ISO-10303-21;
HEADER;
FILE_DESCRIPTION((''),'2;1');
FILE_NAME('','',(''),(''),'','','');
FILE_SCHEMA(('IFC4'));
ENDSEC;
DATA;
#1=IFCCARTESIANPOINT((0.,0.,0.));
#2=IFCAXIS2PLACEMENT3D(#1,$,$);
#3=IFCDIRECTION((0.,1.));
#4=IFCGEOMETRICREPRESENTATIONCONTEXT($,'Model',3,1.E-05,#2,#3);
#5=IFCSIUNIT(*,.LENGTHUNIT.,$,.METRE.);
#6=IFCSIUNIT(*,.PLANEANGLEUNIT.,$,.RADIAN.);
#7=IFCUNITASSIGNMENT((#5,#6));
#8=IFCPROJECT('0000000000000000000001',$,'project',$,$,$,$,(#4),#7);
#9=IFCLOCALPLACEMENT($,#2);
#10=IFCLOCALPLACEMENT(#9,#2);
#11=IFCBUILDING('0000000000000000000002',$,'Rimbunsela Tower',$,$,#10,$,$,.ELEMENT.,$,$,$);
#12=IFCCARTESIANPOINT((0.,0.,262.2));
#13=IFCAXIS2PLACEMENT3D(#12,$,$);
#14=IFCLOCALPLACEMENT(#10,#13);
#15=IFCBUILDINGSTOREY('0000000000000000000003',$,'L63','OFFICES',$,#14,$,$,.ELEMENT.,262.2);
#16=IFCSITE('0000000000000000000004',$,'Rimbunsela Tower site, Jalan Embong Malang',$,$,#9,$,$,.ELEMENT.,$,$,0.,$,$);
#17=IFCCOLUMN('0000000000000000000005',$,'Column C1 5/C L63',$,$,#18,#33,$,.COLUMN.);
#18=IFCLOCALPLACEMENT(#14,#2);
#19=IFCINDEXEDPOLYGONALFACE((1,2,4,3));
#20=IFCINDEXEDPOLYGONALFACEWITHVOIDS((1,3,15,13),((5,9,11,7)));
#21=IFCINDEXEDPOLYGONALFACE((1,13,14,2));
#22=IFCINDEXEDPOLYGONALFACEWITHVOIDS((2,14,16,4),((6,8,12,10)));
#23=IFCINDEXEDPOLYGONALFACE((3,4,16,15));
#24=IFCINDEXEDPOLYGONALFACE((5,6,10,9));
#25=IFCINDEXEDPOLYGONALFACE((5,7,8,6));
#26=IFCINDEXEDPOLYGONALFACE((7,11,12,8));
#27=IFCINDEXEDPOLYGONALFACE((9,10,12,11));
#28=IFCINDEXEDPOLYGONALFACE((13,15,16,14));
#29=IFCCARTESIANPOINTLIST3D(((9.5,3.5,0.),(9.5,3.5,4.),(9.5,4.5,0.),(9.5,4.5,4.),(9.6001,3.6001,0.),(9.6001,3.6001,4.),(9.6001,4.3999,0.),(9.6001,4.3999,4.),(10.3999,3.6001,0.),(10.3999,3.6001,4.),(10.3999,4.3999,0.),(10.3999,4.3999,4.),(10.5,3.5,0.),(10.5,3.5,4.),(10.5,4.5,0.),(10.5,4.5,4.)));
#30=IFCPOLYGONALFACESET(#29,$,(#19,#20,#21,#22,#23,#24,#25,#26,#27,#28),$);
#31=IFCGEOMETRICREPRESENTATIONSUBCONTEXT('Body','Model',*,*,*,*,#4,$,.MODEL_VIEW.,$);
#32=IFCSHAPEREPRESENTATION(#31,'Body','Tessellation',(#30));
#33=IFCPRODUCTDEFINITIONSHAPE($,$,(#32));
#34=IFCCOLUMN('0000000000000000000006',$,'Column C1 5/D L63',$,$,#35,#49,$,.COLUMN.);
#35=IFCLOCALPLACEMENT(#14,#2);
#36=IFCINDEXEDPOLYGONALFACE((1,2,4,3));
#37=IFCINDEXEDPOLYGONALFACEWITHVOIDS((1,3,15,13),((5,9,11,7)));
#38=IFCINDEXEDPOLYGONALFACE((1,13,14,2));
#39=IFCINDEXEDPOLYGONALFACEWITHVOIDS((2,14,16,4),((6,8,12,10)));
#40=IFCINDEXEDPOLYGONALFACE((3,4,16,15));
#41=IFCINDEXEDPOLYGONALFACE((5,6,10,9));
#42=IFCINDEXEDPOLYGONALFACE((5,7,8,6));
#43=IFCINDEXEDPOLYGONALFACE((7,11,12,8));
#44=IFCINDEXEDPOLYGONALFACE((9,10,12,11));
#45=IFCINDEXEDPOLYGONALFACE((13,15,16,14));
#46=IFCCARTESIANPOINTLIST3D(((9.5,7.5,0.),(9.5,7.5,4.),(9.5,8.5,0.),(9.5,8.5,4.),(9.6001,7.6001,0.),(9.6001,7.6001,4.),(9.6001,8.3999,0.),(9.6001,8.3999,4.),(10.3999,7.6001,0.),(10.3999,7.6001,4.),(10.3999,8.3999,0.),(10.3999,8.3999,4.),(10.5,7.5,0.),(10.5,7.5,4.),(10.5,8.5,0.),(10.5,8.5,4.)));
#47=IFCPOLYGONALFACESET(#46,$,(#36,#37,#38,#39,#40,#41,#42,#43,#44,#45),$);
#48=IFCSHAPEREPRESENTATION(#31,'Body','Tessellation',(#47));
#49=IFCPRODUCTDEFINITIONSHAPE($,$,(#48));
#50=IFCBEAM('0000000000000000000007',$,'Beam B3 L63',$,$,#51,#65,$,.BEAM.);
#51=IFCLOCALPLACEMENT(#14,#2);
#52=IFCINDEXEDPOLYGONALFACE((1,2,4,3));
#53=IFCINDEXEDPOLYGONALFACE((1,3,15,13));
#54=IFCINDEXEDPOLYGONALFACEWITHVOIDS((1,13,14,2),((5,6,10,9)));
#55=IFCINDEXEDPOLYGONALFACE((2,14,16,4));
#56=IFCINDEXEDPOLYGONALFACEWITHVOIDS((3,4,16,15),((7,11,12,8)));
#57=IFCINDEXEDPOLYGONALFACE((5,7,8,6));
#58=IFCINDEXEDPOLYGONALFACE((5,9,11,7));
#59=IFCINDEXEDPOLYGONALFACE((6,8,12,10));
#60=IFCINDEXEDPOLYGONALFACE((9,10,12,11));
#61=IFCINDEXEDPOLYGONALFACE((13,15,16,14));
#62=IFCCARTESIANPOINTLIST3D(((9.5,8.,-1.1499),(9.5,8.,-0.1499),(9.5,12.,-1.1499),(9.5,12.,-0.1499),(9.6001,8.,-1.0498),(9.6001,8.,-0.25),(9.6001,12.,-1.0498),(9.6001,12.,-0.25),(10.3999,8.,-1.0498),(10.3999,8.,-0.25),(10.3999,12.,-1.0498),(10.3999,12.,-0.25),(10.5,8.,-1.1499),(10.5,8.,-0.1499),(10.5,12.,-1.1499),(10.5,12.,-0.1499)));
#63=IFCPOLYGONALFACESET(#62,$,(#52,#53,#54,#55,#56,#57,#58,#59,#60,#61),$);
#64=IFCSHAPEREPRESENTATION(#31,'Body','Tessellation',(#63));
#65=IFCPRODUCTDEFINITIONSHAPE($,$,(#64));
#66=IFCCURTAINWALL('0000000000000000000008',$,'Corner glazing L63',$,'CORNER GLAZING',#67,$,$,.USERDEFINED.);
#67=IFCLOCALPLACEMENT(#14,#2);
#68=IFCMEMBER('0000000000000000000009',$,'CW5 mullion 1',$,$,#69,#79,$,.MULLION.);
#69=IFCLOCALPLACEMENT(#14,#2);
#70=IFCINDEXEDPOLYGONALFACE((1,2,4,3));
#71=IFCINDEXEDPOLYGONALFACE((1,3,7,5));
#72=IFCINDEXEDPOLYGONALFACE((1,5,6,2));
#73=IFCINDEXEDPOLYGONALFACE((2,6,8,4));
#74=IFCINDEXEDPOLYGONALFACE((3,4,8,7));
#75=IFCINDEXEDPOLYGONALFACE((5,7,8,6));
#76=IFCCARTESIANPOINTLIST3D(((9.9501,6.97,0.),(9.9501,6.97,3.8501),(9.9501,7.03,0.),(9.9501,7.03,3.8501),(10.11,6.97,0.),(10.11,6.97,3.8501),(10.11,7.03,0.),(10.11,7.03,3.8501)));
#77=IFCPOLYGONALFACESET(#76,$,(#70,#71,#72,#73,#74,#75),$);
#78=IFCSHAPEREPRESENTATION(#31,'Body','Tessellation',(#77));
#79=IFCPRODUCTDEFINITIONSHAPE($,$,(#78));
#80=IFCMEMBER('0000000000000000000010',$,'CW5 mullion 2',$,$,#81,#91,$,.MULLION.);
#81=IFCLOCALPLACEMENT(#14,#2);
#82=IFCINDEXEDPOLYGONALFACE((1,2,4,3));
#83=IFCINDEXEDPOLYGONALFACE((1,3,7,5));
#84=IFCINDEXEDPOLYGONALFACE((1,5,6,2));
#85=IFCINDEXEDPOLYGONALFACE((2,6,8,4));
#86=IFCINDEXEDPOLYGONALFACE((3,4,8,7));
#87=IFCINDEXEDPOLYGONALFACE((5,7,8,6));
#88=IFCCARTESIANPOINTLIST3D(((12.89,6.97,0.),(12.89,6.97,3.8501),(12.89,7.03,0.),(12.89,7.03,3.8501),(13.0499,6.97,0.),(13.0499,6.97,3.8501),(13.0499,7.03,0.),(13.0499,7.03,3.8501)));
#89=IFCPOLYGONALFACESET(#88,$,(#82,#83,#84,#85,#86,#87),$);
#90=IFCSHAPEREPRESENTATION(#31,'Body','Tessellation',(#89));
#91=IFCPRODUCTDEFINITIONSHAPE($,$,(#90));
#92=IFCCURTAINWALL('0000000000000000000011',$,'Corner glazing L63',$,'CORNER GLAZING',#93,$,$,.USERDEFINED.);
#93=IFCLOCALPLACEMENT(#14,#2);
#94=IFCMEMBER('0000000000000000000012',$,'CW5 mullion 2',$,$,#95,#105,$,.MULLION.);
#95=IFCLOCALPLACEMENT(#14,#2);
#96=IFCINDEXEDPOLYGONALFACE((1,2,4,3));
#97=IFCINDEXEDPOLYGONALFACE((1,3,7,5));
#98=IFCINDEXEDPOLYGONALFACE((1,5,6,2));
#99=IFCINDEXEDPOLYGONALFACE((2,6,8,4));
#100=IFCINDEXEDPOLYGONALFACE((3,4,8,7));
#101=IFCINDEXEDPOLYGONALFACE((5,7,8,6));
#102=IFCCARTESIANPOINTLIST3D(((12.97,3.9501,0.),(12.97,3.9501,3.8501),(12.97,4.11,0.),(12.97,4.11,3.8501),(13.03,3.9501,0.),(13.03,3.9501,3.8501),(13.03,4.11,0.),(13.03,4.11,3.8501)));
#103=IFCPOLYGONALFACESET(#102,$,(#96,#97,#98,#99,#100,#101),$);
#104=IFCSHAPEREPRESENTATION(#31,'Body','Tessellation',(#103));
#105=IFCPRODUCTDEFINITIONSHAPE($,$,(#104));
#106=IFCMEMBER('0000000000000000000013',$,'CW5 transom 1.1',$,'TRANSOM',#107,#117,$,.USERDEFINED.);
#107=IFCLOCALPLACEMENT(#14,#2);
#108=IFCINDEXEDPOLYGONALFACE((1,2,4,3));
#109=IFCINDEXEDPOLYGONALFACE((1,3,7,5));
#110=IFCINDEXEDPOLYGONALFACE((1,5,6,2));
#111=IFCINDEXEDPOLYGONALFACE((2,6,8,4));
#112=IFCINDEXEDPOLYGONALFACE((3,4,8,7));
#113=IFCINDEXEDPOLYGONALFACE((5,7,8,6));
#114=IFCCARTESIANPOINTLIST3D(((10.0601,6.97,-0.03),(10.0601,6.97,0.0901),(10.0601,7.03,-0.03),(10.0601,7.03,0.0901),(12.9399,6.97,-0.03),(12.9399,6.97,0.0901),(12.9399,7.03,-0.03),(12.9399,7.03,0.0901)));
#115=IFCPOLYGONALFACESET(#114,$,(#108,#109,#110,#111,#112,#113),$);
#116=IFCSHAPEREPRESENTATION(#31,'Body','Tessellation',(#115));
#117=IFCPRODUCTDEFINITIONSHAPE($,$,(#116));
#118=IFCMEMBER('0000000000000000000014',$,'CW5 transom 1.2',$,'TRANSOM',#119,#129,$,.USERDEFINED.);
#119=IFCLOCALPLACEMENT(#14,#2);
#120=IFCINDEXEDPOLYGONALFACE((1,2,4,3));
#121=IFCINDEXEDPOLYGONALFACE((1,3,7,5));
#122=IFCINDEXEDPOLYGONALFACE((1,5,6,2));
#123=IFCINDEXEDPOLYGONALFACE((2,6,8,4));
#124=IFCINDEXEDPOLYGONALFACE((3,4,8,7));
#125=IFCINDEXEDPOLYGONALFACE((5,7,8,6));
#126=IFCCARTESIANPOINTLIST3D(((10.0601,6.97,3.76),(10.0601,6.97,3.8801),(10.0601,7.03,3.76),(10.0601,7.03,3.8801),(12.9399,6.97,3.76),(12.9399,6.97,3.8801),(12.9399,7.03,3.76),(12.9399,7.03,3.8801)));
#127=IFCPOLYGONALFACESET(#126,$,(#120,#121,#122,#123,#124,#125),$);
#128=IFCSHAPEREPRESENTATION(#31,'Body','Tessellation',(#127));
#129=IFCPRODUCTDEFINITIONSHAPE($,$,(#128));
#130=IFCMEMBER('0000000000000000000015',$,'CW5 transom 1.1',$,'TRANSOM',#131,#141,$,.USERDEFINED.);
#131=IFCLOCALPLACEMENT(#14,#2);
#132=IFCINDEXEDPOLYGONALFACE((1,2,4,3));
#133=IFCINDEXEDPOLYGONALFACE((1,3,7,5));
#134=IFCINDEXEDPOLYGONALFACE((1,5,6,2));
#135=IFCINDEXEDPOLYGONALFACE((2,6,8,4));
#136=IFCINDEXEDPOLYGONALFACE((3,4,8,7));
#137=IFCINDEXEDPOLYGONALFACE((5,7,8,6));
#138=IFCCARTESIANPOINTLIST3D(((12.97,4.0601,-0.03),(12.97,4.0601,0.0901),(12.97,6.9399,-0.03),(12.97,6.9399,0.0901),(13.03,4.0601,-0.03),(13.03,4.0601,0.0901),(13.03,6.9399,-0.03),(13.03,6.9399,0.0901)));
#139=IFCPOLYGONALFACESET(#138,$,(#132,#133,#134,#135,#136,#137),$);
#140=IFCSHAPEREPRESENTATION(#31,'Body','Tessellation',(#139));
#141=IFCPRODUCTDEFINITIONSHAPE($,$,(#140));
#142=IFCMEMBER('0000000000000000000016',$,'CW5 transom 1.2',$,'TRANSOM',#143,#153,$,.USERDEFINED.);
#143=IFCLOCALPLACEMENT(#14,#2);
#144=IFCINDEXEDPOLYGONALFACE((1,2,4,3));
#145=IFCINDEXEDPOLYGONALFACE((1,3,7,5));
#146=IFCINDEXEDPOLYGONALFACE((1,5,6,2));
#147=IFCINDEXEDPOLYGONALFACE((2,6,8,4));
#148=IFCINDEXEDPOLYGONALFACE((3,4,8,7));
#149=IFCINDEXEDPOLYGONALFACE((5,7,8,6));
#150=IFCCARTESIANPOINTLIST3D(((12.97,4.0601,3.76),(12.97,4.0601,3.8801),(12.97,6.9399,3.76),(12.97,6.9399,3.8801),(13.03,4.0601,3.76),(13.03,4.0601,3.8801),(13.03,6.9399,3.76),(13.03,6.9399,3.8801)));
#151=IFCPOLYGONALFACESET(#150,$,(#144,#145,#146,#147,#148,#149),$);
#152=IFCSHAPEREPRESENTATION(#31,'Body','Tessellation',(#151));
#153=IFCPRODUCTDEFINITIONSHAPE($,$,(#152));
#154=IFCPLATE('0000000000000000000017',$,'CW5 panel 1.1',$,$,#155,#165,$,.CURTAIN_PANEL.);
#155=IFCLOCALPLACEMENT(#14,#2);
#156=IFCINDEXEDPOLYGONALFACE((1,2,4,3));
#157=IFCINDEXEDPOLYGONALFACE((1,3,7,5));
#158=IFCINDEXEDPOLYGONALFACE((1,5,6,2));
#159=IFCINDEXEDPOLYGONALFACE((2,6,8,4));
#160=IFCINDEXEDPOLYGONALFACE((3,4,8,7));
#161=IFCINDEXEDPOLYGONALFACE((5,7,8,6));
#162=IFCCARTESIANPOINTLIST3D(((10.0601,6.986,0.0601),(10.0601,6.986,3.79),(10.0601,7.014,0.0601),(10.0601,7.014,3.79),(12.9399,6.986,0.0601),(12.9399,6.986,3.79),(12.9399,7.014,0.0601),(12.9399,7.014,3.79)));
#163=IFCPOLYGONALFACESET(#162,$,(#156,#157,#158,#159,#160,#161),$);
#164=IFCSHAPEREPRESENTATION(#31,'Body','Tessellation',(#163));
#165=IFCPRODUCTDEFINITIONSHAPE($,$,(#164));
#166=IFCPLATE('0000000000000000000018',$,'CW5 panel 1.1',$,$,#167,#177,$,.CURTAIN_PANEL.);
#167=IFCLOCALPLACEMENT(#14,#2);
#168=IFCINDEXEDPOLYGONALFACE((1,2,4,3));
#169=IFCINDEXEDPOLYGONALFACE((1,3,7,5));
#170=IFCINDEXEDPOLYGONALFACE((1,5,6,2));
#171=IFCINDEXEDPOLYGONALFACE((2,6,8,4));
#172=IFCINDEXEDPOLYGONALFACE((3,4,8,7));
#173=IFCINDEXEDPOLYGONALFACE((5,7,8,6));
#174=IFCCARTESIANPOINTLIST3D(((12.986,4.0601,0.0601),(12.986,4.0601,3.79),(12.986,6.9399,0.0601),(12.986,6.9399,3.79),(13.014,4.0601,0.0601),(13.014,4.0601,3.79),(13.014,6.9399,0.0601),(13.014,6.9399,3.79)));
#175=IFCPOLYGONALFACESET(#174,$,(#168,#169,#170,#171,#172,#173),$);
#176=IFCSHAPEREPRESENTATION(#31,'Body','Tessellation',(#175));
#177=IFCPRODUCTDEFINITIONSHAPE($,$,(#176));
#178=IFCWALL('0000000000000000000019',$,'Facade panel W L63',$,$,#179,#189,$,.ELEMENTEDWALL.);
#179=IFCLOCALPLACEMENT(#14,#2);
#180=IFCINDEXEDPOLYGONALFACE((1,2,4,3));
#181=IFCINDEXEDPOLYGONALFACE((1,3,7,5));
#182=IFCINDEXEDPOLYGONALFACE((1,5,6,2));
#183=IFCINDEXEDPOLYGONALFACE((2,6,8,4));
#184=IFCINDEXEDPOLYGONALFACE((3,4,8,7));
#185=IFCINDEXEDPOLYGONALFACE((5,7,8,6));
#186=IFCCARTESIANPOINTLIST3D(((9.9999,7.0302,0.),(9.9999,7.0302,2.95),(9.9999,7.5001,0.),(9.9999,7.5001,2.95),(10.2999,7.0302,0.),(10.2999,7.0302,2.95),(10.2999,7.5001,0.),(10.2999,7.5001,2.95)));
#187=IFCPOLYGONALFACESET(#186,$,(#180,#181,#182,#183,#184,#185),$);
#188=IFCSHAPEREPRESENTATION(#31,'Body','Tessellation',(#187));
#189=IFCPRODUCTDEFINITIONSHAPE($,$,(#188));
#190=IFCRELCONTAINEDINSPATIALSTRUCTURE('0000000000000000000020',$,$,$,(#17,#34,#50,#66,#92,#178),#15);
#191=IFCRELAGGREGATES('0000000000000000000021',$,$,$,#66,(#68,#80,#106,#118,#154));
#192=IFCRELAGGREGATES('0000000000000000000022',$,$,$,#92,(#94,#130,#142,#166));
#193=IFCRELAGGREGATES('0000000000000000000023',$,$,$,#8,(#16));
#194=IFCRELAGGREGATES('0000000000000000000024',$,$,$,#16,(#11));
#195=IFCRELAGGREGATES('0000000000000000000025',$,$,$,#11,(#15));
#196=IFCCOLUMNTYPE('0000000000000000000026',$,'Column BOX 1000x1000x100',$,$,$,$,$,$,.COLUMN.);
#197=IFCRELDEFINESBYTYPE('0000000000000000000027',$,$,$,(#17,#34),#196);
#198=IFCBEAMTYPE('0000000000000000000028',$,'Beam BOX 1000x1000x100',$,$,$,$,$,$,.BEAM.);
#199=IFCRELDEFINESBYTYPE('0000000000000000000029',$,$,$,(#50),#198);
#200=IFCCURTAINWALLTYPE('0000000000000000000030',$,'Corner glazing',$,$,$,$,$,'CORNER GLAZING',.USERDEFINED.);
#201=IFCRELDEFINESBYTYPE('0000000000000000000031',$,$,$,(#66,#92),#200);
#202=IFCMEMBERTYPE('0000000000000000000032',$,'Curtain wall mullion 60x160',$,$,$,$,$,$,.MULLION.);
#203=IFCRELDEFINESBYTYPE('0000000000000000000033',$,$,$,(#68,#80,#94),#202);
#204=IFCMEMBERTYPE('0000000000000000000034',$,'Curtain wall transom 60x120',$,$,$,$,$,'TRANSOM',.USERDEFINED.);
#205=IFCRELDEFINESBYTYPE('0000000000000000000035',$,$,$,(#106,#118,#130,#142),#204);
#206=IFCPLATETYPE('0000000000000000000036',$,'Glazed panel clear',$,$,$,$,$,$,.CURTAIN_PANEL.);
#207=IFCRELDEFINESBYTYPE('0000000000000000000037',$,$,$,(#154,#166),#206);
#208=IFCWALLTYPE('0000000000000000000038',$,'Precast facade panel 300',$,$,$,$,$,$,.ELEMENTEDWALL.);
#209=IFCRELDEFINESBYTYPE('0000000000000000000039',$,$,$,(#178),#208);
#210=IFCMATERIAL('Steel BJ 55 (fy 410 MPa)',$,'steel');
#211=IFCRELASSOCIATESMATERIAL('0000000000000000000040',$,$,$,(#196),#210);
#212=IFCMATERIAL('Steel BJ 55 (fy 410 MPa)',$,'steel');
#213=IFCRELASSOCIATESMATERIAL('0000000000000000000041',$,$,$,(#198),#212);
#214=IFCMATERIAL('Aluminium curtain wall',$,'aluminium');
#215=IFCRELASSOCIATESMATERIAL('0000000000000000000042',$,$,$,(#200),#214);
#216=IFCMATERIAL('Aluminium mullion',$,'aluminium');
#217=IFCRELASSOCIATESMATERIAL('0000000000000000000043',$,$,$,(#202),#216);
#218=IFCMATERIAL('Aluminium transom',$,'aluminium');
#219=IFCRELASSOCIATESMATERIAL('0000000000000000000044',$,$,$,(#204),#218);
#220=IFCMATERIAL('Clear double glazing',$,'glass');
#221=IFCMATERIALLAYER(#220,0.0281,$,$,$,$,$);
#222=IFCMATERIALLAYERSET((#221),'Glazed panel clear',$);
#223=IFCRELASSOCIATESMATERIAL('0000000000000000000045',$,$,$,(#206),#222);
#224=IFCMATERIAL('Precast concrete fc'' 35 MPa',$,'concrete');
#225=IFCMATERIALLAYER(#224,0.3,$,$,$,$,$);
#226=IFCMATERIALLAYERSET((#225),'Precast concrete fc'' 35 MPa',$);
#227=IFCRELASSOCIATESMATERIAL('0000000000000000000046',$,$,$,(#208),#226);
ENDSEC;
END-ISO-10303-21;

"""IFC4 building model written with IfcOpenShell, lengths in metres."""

from ifc_helpers import new_model, si_unit, direction, frame, frame_2d, origin, origin_2d, place, context, subcontext, project, spatial, rectangle, hollow_rectangle, extrude, material, layer, layer_set, material_profile, profile_set, type_object, element, aggregate, save


model = new_model("IFC4")

# Units and contexts
model_context = context("Model", 3, precision=1e-05, world=origin(), true_north=direction((0.0, 1.0)))
body_context = subcontext(model_context, "Body", "Model", "MODEL_VIEW")
ifc_project = project(units=[si_unit("LENGTHUNIT", "METRE"), si_unit("PLANEANGLEUNIT", "RADIAN")], contexts=[model_context])

# Site, building, storey
site_placement = place(None, origin())
site = spatial("IfcSite", under=ifc_project, at=site_placement, Name="Rimbunsela Tower site, Jalan Embong Malang", CompositionType="ELEMENT", RefElevation=0.0)
building_placement = place(site_placement, origin())
building = spatial("IfcBuilding", under=site, at=building_placement, Name="Rimbunsela Tower", CompositionType="ELEMENT")
storey_placement = place(building_placement, frame((0.0, 0.0, 262.2)))
storey = spatial("IfcBuildingStorey", under=building, at=storey_placement, Name="L63", Description="OFFICES", CompositionType="ELEMENT", Elevation=262.2)

# Columns
ifc_material_1 = material(Name="Steel BJ 55 (fy 410 MPa)", Category="steel")
ifc_material_profile_1 = material_profile(ifc_material_1, hollow_rectangle(XDim=1.0, YDim=1.0, WallThickness=0.1001, at=origin_2d()), Name="BOX 1000x1000x100")
ifc_profile_set_1 = profile_set([ifc_material_profile_1], Name="Steel BJ 55 (fy 410 MPa)")
column_type = type_object("IfcColumnType", Name="Column BOX 1000x1000x100", PredefinedType="COLUMN", material=ifc_profile_set_1)
for number, where, z_axis, x_axis, name in (
    (1, (10.0, 4.0, 0.0), (0.0, 0.0, 1.0), (1.0, 0.0, 0.0), "Column C1 5/C L63"),
    (2, (10.0, 8.0, 0.0), (0.0, 0.0, 1.0), (1.0, 0.0, 0.0), "Column C1 5/D L63"),
):
    element("IfcColumn", number, at=place(storey_placement, frame(where, z_axis=z_axis, x_axis=x_axis)), inside=storey, type_object=column_type, Name=name, PredefinedType="COLUMN", context=body_context, shape_type="SweptSolid", body=[
        extrude(hollow_rectangle(XDim=1.0, YDim=1.0, WallThickness=0.1001, at=origin_2d()), origin(), (0.0, 0.0, 1.0), 4.0),
    ])

# Beam
ifc_material_2 = material(Name="Steel BJ 55 (fy 410 MPa)", Category="steel")
ifc_material_profile_2 = material_profile(ifc_material_2, hollow_rectangle(XDim=1.0, YDim=1.0, WallThickness=0.1001, at=origin_2d()), Name="BOX 1000x1000x100")
ifc_profile_set_2 = profile_set([ifc_material_profile_2], Name="Steel BJ 55 (fy 410 MPa)")
beam_type = type_object("IfcBeamType", Name="Beam BOX 1000x1000x100", PredefinedType="BEAM", material=ifc_profile_set_2)
beam_placement = place(storey_placement, frame((10.0, 8.0, -0.6499), z_axis=(0.0, 1.0, 0.0), x_axis=(-1.0, 0.0, 0.0)))
element("IfcBeam", 3, at=beam_placement, inside=storey, type_object=beam_type, Name="Beam B3 L63", PredefinedType="BEAM", context=body_context, shape_type="SweptSolid", body=[
    extrude(hollow_rectangle(XDim=1.0, YDim=1.0, WallThickness=0.1001, at=origin_2d()), origin(), (0.0, 0.0, 1.0), 4.0),
])

# Curtain wall, members
ifc_material_3 = material(Name="Aluminium curtain wall", Category="aluminium")
curtain_wall_type = type_object("IfcCurtainWallType", Name="Corner glazing", ElementType="CORNER GLAZING", PredefinedType="USERDEFINED", material=ifc_material_3)
curtain_wall_1_placement = place(storey_placement, origin())
curtain_wall_1 = element("IfcCurtainWall", 4, at=curtain_wall_1_placement, inside=storey, type_object=curtain_wall_type, Name="Corner glazing L63", ObjectType="CORNER GLAZING", PredefinedType="USERDEFINED")
ifc_material_4 = material(Name="Aluminium mullion", Category="aluminium")
ifc_material_profile_3 = material_profile(ifc_material_4, rectangle(XDim=0.0601, YDim=0.1599, at=origin_2d()), Name="Mullion 60x160")
ifc_profile_set_3 = profile_set([ifc_material_profile_3], Name="Aluminium mullion")
member_type_1 = type_object("IfcMemberType", Name="Curtain wall mullion 60x160", PredefinedType="MULLION", material=ifc_profile_set_3)
member_1_placement = place(storey_placement, frame((10.03, 7.0, 0.0), z_axis=(0.0, 0.0, 1.0), x_axis=(0.0, 1.0, 0.0)))
member_1 = element("IfcMember", 5, at=member_1_placement, type_object=member_type_1, Name="CW5 mullion 1", PredefinedType="MULLION", context=body_context, shape_type="SweptSolid", body=[
    extrude(rectangle(XDim=0.0601, YDim=0.1599, at=origin_2d()), origin(), (0.0, 0.0, 1.0), 3.8501),
])
member_2_placement = place(storey_placement, frame((12.97, 7.0, 0.0), z_axis=(0.0, 0.0, 1.0), x_axis=(0.0, 1.0, 0.0)))
member_2 = element("IfcMember", 6, at=member_2_placement, type_object=member_type_1, Name="CW5 mullion 2", PredefinedType="MULLION", context=body_context, shape_type="SweptSolid", body=[
    extrude(rectangle(XDim=0.0601, YDim=0.1599, at=origin_2d()), origin(), (0.0, 0.0, 1.0), 3.8501),
])

# Curtain wall, member
curtain_wall_2_placement = place(storey_placement, origin())
curtain_wall_2 = element("IfcCurtainWall", 7, at=curtain_wall_2_placement, inside=storey, type_object=curtain_wall_type, Name="Corner glazing L63", ObjectType="CORNER GLAZING", PredefinedType="USERDEFINED")
member_3_placement = place(storey_placement, frame((13.0, 4.03, 0.0), z_axis=(0.0, 0.0, 1.0), x_axis=(1.0, 0.0, 0.0)))
member_3 = element("IfcMember", 8, at=member_3_placement, type_object=member_type_1, Name="CW5 mullion 2", PredefinedType="MULLION", context=body_context, shape_type="SweptSolid", body=[
    extrude(rectangle(XDim=0.0601, YDim=0.1599, at=origin_2d()), origin(), (0.0, 0.0, 1.0), 3.8501),
])

# Members
ifc_material_5 = material(Name="Aluminium transom", Category="aluminium")
ifc_material_profile_4 = material_profile(ifc_material_5, rectangle(XDim=0.0601, YDim=0.1201, at=origin_2d()), Name="Transom 60x120")
ifc_profile_set_4 = profile_set([ifc_material_profile_4], Name="Aluminium transom")
member_type_2 = type_object("IfcMemberType", Name="Curtain wall transom 60x120", ElementType="TRANSOM", PredefinedType="USERDEFINED", material=ifc_profile_set_4)
member_4_placement = place(storey_placement, frame((10.0601, 7.0, 0.03), z_axis=(1.0, 0.0, 0.0), x_axis=(0.0, 1.0, 0.0)))
member_4 = element("IfcMember", 9, at=member_4_placement, type_object=member_type_2, Name="CW5 transom 1.1", ObjectType="TRANSOM", PredefinedType="USERDEFINED", context=body_context, shape_type="SweptSolid", body=[
    extrude(rectangle(XDim=0.0601, YDim=0.1201, at=origin_2d()), origin(), (0.0, 0.0, 1.0), 2.8799),
])
member_5_placement = place(storey_placement, frame((10.0601, 7.0, 3.8201), z_axis=(1.0, 0.0, 0.0), x_axis=(0.0, 1.0, 0.0)))
member_5 = element("IfcMember", 10, at=member_5_placement, type_object=member_type_2, Name="CW5 transom 1.2", ObjectType="TRANSOM", PredefinedType="USERDEFINED", context=body_context, shape_type="SweptSolid", body=[
    extrude(rectangle(XDim=0.0601, YDim=0.1201, at=origin_2d()), origin(), (0.0, 0.0, 1.0), 2.8799),
])
member_6_placement = place(storey_placement, frame((13.0, 6.9399, 0.03), z_axis=(0.0, -1.0, 0.0), x_axis=(1.0, 0.0, 0.0)))
member_6 = element("IfcMember", 11, at=member_6_placement, type_object=member_type_2, Name="CW5 transom 1.1", ObjectType="TRANSOM", PredefinedType="USERDEFINED", context=body_context, shape_type="SweptSolid", body=[
    extrude(rectangle(XDim=0.0601, YDim=0.1201, at=origin_2d()), origin(), (0.0, 0.0, 1.0), 2.8799),
])
member_7_placement = place(storey_placement, frame((13.0, 6.9399, 3.8201), z_axis=(0.0, -1.0, 0.0), x_axis=(1.0, 0.0, 0.0)))
member_7 = element("IfcMember", 12, at=member_7_placement, type_object=member_type_2, Name="CW5 transom 1.2", ObjectType="TRANSOM", PredefinedType="USERDEFINED", context=body_context, shape_type="SweptSolid", body=[
    extrude(rectangle(XDim=0.0601, YDim=0.1201, at=origin_2d()), origin(), (0.0, 0.0, 1.0), 2.8799),
])

# Plates
ifc_material_6 = material(Name="Clear double glazing", Category="glass")
ifc_layer_1 = layer(ifc_material_6, 0.0281)
ifc_layer_set_1 = layer_set([ifc_layer_1], Name="Glazed panel clear")
plate_type = type_object("IfcPlateType", Name="Glazed panel clear", PredefinedType="CURTAIN_PANEL", material=ifc_layer_set_1)
plate_1_placement = place(storey_placement, frame((11.5, 7.0, 0.0601), z_axis=(0.0, 0.0, 1.0), x_axis=(1.0, 0.0, 0.0)))
plate_1 = element("IfcPlate", 13, at=plate_1_placement, type_object=plate_type, Name="CW5 panel 1.1", PredefinedType="CURTAIN_PANEL", context=body_context, shape_type="SweptSolid", body=[
    extrude(rectangle(XDim=2.8799, YDim=0.0281, at=origin_2d()), origin(), (0.0, 0.0, 1.0), 3.73),
])
aggregate(curtain_wall_1, [member_1, member_2, member_4, member_5, plate_1])
plate_2_placement = place(storey_placement, frame((13.0, 5.5, 0.0601), z_axis=(0.0, 0.0, 1.0), x_axis=(0.0, -1.0, 0.0)))
plate_2 = element("IfcPlate", 14, at=plate_2_placement, type_object=plate_type, Name="CW5 panel 1.1", PredefinedType="CURTAIN_PANEL", context=body_context, shape_type="SweptSolid", body=[
    extrude(rectangle(XDim=2.8799, YDim=0.0281, at=origin_2d()), origin(), (0.0, 0.0, 1.0), 3.73),
])
aggregate(curtain_wall_2, [member_3, member_6, member_7, plate_2])

# Wall
ifc_material_7 = material(Name="Precast concrete fc' 35 MPa", Category="concrete")
ifc_layer_2 = layer(ifc_material_7, 0.3)
ifc_layer_set_2 = layer_set([ifc_layer_2], Name="Precast concrete fc' 35 MPa")
wall_type = type_object("IfcWallType", Name="Precast facade panel 300", PredefinedType="ELEMENTEDWALL", material=ifc_layer_set_2)
wall_1_placement = place(storey_placement, frame((10.1499, 7.5, 0.0), z_axis=(0.0, 0.0, 1.0), x_axis=(0.0, -1.0, 0.0)))
element("IfcWall", 15, at=wall_1_placement, inside=storey, type_object=wall_type, Name="Facade panel W L63", PredefinedType="ELEMENTEDWALL", context=body_context, shape_type="SweptSolid", body=[
    extrude(rectangle(XDim=0.47, YDim=0.3, at=frame_2d((0.2349, 0.0))), origin(), (0.0, 0.0, 1.0), 2.95),
])

save(model, "model.ifc")
